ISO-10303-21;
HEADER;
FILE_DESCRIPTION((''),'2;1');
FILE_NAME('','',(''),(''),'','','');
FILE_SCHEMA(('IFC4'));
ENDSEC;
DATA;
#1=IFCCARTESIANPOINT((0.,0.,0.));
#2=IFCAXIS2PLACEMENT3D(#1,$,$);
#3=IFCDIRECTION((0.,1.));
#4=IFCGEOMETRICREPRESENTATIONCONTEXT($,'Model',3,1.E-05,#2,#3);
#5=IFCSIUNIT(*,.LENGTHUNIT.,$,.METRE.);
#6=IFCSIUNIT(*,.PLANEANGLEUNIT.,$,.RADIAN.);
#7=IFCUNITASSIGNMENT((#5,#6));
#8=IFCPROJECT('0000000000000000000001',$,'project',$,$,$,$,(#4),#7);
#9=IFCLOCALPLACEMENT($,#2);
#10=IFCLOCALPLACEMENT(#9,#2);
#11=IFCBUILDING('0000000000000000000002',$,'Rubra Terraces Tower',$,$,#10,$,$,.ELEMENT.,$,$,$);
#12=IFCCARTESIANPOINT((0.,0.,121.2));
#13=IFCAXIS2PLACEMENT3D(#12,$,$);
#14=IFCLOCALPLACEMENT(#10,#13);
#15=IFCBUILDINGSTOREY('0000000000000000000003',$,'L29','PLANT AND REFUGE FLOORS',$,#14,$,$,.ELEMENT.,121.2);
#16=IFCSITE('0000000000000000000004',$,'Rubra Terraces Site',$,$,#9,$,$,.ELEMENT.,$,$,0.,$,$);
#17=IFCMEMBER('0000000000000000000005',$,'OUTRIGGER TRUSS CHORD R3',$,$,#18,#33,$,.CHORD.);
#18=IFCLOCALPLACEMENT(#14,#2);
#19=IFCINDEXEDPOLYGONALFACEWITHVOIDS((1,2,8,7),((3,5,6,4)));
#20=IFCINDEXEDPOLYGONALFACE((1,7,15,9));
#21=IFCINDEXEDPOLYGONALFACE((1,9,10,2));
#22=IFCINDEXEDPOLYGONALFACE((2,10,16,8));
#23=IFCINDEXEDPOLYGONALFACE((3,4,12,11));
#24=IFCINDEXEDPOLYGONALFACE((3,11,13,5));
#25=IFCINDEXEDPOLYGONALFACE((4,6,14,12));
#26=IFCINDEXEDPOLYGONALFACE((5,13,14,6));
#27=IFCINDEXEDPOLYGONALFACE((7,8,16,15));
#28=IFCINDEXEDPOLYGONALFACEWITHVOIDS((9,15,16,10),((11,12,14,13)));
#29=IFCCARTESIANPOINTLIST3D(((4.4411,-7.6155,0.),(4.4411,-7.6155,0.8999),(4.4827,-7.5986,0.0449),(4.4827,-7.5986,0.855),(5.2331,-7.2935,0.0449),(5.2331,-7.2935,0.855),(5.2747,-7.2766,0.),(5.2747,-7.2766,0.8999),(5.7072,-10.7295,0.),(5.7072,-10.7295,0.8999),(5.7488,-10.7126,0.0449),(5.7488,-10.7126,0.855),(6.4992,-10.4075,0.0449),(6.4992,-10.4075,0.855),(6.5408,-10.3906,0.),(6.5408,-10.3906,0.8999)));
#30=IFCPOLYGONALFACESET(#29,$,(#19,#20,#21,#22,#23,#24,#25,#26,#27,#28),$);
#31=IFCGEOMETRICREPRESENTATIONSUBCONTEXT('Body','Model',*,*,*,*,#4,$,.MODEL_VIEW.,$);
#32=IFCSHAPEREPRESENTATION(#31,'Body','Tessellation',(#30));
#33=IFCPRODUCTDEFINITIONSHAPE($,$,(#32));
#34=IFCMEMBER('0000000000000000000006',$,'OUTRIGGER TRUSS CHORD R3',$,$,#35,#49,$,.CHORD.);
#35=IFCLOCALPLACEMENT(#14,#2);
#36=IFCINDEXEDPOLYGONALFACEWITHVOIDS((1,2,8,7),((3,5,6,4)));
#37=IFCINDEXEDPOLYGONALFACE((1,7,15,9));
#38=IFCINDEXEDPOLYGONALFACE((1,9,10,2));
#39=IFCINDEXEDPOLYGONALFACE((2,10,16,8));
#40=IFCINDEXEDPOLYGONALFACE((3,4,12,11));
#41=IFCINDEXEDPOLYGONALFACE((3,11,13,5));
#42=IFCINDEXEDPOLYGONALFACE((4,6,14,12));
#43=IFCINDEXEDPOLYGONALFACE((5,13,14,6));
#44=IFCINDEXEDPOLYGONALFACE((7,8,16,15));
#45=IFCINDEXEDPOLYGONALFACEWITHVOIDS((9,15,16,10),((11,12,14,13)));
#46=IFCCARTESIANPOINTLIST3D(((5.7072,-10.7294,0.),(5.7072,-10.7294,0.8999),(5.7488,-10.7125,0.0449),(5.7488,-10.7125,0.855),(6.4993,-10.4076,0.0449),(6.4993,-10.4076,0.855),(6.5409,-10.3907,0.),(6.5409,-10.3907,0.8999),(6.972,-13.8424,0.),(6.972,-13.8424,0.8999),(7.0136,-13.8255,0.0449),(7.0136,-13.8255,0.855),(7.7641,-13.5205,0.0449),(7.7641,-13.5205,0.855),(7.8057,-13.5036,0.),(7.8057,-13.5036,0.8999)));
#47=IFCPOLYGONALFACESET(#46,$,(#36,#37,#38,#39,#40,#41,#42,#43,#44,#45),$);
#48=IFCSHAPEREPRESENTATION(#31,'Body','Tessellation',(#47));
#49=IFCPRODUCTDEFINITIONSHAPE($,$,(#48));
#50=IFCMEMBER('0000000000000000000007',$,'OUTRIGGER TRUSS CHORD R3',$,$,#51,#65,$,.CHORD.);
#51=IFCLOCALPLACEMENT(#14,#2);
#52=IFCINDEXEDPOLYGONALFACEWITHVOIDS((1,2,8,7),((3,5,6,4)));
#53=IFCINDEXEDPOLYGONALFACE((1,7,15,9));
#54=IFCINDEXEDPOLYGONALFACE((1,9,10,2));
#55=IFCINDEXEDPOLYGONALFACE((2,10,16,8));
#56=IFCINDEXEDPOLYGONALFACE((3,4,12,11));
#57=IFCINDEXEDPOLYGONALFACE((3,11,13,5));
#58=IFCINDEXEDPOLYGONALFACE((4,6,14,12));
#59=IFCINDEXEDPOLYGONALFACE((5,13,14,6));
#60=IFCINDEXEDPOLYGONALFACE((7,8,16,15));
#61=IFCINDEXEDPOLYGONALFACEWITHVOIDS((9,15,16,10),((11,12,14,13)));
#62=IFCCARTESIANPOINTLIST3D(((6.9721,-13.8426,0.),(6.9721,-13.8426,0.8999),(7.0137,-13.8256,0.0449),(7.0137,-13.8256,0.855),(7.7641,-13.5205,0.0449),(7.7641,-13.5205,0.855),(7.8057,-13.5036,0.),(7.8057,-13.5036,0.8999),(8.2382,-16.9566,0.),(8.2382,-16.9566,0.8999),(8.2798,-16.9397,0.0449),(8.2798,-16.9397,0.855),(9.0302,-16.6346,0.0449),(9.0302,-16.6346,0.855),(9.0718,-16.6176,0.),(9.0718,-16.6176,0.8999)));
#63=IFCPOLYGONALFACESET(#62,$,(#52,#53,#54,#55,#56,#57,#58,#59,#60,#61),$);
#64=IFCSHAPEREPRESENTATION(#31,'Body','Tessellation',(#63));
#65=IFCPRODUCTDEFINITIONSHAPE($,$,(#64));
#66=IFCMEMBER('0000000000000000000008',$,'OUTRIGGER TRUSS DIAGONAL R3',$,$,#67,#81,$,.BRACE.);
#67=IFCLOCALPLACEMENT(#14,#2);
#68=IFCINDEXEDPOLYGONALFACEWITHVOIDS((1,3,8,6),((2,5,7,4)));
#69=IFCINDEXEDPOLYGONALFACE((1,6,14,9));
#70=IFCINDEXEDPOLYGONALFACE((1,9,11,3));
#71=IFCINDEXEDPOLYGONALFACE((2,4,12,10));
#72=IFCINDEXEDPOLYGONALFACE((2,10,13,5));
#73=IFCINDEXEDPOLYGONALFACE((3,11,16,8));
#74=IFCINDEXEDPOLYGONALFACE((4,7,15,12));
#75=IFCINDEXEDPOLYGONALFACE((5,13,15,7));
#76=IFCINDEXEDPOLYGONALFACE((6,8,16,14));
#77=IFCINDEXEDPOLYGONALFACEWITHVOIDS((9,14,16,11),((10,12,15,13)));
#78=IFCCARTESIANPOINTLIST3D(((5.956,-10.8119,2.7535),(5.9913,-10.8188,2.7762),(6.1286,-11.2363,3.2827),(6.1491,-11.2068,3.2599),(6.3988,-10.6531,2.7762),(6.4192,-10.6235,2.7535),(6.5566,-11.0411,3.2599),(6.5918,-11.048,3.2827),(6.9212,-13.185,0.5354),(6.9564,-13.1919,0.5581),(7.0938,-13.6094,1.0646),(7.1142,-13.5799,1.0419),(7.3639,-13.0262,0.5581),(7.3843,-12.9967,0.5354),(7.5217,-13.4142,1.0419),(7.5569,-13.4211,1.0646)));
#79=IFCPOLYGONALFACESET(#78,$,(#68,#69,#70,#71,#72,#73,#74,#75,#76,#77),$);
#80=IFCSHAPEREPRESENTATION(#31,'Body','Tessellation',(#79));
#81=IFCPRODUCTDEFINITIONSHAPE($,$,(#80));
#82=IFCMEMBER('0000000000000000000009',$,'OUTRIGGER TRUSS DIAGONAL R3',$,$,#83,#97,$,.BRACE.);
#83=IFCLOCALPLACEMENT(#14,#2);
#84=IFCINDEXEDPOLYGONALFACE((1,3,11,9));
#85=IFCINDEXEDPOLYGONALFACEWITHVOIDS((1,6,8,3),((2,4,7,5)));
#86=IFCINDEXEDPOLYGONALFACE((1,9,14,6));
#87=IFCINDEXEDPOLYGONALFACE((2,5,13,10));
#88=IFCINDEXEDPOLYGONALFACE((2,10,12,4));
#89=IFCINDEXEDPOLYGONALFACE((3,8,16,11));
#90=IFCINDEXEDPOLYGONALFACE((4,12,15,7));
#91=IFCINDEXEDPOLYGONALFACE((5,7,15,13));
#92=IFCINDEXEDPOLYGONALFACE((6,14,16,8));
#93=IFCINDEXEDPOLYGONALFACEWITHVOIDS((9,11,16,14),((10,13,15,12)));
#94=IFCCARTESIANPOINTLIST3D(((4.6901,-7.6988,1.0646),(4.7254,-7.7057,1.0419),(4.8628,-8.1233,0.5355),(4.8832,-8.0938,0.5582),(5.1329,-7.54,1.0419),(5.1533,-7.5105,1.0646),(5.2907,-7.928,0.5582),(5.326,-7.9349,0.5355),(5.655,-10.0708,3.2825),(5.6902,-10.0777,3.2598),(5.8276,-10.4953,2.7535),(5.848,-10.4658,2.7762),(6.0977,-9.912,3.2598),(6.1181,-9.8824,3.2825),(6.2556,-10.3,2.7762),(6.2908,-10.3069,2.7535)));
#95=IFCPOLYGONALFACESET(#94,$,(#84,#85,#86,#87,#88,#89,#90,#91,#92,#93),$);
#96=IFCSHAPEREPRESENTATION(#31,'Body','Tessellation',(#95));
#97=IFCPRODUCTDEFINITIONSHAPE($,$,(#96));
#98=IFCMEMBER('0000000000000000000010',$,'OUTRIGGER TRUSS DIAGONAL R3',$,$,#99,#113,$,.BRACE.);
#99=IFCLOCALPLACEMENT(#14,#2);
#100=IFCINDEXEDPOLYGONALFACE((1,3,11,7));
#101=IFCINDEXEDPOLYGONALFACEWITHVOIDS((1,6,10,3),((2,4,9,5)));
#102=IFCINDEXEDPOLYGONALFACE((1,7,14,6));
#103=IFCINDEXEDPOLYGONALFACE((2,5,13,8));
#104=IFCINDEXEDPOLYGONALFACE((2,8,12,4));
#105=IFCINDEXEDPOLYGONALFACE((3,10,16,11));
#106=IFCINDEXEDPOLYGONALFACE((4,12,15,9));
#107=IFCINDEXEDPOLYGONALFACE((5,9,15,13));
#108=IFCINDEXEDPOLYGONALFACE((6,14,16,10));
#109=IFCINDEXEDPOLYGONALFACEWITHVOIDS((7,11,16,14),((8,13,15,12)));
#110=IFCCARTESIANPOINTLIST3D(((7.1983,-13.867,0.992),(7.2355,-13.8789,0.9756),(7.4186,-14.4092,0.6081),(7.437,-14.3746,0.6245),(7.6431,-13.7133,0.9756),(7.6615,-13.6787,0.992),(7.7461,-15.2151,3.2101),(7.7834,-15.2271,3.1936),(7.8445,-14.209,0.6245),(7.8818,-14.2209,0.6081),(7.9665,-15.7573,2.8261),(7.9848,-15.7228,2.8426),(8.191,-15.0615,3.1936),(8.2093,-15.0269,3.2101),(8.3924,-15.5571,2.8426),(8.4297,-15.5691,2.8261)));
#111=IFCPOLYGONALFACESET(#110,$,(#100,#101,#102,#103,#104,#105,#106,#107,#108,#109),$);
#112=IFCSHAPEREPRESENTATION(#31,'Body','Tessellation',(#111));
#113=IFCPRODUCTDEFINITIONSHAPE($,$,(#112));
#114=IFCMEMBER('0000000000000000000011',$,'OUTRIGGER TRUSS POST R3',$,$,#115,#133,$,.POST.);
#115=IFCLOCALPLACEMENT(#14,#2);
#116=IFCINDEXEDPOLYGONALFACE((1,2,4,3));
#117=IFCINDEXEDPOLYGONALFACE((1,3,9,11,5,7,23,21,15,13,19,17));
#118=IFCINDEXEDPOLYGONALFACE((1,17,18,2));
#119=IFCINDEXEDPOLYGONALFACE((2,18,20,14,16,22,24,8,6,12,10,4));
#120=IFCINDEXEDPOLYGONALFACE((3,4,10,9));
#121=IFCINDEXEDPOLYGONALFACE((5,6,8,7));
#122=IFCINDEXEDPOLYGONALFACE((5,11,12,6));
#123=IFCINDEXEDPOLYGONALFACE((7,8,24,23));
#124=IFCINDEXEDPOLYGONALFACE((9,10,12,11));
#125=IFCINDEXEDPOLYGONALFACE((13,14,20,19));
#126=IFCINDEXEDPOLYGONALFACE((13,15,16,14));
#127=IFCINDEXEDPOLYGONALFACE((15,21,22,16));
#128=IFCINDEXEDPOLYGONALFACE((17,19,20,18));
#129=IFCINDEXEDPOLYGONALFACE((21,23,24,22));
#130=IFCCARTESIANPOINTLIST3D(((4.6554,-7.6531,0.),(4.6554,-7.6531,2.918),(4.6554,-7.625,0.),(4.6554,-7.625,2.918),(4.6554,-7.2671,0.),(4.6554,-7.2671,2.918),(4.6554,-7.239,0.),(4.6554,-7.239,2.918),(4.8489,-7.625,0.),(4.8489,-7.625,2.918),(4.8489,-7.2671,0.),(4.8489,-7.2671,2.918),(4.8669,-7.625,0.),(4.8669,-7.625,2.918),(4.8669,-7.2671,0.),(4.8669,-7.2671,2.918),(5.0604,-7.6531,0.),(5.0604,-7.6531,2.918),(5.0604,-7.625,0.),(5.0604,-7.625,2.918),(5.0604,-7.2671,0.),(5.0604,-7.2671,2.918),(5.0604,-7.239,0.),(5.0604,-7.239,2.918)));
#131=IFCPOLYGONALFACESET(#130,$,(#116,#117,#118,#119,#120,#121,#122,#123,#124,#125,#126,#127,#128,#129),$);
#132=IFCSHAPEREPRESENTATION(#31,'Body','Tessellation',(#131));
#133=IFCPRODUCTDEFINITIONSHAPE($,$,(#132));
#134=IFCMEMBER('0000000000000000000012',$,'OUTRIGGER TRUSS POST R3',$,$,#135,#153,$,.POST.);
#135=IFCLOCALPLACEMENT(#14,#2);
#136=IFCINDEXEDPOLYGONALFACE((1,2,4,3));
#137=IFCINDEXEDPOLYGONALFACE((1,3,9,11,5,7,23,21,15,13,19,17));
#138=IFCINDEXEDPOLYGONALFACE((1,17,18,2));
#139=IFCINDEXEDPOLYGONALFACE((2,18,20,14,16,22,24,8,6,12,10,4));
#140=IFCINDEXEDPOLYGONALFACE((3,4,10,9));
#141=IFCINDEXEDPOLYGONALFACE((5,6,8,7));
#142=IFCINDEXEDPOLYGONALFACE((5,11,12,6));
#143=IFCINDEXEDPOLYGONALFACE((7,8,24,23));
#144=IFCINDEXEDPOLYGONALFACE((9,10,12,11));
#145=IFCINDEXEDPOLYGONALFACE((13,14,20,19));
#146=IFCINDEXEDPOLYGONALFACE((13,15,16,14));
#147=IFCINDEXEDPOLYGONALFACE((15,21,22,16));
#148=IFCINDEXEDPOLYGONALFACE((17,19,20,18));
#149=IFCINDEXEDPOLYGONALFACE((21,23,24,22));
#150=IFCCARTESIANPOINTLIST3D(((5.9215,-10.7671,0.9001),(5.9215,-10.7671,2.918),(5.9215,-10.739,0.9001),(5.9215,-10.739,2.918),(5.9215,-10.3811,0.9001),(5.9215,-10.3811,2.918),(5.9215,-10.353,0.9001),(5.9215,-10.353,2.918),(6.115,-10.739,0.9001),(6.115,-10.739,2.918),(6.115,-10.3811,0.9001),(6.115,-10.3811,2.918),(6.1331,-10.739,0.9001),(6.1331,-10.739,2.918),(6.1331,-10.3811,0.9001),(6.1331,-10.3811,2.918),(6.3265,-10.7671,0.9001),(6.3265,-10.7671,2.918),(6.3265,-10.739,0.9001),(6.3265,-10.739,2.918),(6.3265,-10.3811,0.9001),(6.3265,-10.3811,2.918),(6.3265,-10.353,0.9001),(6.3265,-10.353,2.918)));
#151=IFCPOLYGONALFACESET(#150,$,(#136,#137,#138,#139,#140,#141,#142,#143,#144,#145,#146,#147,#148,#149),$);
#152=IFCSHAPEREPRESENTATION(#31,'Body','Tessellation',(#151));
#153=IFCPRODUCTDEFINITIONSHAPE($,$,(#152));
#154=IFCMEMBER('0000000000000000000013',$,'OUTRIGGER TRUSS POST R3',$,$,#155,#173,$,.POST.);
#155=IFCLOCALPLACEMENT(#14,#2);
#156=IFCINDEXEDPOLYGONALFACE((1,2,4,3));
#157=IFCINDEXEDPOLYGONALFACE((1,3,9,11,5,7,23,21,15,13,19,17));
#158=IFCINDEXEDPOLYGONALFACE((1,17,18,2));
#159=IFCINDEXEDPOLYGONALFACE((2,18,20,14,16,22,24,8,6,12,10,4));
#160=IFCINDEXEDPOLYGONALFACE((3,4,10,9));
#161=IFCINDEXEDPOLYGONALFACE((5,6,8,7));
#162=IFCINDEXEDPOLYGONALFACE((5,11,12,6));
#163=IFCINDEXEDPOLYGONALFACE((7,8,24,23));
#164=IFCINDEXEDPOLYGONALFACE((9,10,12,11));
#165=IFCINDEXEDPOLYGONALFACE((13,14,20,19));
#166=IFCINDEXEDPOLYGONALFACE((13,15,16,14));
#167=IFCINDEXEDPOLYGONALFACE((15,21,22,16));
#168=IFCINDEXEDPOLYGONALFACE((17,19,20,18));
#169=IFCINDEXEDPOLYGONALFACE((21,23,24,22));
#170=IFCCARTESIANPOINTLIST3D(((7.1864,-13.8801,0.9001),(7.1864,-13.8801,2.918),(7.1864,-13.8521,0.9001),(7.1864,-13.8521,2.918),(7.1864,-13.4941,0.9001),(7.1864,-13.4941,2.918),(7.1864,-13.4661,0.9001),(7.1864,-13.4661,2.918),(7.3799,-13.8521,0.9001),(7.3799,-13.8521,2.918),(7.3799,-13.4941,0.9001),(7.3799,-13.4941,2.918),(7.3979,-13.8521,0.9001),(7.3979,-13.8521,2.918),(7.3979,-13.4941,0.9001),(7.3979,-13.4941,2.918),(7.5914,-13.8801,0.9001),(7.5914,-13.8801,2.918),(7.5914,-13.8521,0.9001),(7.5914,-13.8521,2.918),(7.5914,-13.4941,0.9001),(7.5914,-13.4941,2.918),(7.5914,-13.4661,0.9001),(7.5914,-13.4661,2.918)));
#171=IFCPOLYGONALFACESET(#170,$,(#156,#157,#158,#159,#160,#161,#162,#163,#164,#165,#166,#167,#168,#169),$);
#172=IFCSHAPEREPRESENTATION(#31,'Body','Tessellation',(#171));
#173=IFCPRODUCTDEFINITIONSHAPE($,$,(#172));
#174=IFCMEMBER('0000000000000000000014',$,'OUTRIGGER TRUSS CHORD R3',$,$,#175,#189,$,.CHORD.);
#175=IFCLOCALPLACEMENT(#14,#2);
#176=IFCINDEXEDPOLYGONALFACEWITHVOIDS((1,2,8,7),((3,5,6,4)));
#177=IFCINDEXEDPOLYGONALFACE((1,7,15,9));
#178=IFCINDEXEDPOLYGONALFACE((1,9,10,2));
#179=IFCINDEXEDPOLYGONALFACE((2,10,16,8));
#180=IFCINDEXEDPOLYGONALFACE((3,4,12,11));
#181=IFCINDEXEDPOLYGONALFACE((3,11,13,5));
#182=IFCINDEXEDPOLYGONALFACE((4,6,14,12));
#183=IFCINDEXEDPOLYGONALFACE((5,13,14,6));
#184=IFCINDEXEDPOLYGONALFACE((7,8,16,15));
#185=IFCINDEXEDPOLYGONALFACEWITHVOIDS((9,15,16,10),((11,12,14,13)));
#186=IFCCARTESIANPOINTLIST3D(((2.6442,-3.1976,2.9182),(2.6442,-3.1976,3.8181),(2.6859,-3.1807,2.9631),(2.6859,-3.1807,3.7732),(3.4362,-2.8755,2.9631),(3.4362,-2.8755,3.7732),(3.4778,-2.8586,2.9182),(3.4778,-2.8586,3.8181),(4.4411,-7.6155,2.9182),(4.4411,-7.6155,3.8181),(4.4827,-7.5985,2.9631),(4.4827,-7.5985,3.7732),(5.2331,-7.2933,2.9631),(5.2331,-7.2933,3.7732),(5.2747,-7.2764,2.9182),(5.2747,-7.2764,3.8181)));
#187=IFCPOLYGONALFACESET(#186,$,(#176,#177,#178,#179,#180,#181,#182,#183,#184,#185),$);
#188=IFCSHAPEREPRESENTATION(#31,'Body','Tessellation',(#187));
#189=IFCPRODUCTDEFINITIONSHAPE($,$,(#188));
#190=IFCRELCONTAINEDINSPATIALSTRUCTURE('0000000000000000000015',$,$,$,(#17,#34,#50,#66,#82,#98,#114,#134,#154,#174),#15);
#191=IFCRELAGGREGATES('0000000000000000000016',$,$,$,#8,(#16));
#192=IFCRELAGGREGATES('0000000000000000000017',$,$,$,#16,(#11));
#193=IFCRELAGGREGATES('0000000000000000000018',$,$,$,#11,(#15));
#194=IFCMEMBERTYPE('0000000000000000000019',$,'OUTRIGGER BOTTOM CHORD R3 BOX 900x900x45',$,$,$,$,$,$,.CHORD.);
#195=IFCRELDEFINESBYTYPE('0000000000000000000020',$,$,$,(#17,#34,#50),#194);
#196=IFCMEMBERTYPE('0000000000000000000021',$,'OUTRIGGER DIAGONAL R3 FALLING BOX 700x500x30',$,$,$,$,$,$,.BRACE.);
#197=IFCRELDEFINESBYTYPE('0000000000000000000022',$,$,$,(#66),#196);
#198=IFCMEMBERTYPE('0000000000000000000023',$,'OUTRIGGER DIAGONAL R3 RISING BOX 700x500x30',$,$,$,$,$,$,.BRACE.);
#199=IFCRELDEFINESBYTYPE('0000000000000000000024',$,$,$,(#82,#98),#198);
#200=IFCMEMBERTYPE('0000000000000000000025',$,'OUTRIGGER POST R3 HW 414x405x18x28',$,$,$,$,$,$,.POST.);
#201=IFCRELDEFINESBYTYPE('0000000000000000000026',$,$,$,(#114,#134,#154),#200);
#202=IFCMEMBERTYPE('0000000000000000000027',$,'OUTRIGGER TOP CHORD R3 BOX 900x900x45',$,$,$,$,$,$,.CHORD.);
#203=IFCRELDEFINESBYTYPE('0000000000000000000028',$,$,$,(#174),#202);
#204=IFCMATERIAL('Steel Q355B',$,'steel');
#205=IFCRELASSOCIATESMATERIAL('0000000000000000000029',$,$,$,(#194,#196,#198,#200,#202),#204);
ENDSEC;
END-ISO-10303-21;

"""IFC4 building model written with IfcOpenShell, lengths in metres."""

from ifc_helpers import new_model, si_unit, direction, frame, origin, origin_2d, place, context, subcontext, project, spatial, hollow_rectangle, i_section, extrude, material, material_profile, profile_set, type_object, element, save


model = new_model("IFC4")

# Units and contexts
model_context = context("Model", 3, precision=1e-05, world=origin(), true_north=direction((0.0, 1.0)))
body_context = subcontext(model_context, "Body", "Model", "MODEL_VIEW")
ifc_project = project(units=[si_unit("LENGTHUNIT", "METRE"), si_unit("PLANEANGLEUNIT", "RADIAN")], contexts=[model_context])

# Site, building, storey
site_placement = place(None, origin())
site = spatial("IfcSite", under=ifc_project, at=site_placement, Name="Rubra Terraces Site", CompositionType="ELEMENT", RefElevation=0.0)
building_placement = place(site_placement, origin())
building = spatial("IfcBuilding", under=site, at=building_placement, Name="Rubra Terraces Tower", CompositionType="ELEMENT")
storey_placement = place(building_placement, frame((0.0, 0.0, 121.2)))
storey = spatial("IfcBuildingStorey", under=building, at=storey_placement, Name="L29", Description="PLANT AND REFUGE FLOORS", CompositionType="ELEMENT", Elevation=121.2)

# Members
ifc_material_1 = material(Name="Steel Q355B", Category="steel")
ifc_material_profile_1 = material_profile(ifc_material_1, hollow_rectangle(XDim=0.8999, YDim=0.8999, WallThickness=0.0449, at=origin_2d()), Name="BOX 900x900x45")
ifc_profile_set_1 = profile_set([ifc_material_profile_1], Name="Steel Q355B")
member_type_1 = type_object("IfcMemberType", Name="OUTRIGGER BOTTOM CHORD R3 BOX 900x900x45", PredefinedType="CHORD", material=ifc_profile_set_1)
member_1_placement = place(storey_placement, frame((4.8579, -7.446, 0.45), z_axis=(0.376644, -0.926358, 0.0), x_axis=(0.926358, 0.376644, 0.0)))
element("IfcMember", 1, at=member_1_placement, inside=storey, type_object=member_type_1, Name="OUTRIGGER TRUSS CHORD R3", PredefinedType="CHORD", context=body_context, shape_type="SweptSolid", body=[
    extrude(hollow_rectangle(XDim=0.8999, YDim=0.8999, WallThickness=0.0449, at=origin_2d()), origin(), (0.0, 0.0, 1.0), 3.3616),
])
member_2_placement = place(storey_placement, frame((6.124, -10.5601, 0.45), z_axis=(0.376434, -0.926444, 0.0), x_axis=(0.926444, 0.376434, 0.0)))
element("IfcMember", 2, at=member_2_placement, inside=storey, type_object=member_type_1, Name="OUTRIGGER TRUSS CHORD R3", PredefinedType="CHORD", context=body_context, shape_type="SweptSolid", body=[
    extrude(hollow_rectangle(XDim=0.8999, YDim=0.8999, WallThickness=0.0449, at=origin_2d()), origin(), (0.0, 0.0, 1.0), 3.3601),
])
member_3_placement = place(storey_placement, frame((7.3889, -13.6731, 0.45), z_axis=(0.376644, -0.926358, 0.0), x_axis=(0.926358, 0.376644, 0.0)))
element("IfcMember", 3, at=member_3_placement, inside=storey, type_object=member_type_1, Name="OUTRIGGER TRUSS CHORD R3", PredefinedType="CHORD", context=body_context, shape_type="SweptSolid", body=[
    extrude(hollow_rectangle(XDim=0.8999, YDim=0.8999, WallThickness=0.0449, at=origin_2d()), origin(), (0.0, 0.0, 1.0), 3.3616),
])
ifc_material_profile_2 = material_profile(ifc_material_1, hollow_rectangle(XDim=0.5, YDim=0.7, WallThickness=0.03, at=origin_2d()), Name="BOX 700x500x30")
ifc_profile_set_2 = profile_set([ifc_material_profile_2], Name="Steel Q355B")
member_type_2 = type_object("IfcMemberType", Name="OUTRIGGER DIAGONAL R3 FALLING BOX 700x500x30", PredefinedType="BRACE", material=ifc_profile_set_2)
member_4_placement = place(storey_placement, frame((6.2739, -10.9299, 3.0181), z_axis=(0.284808, -0.700311, -0.65456), x_axis=(0.926325, 0.376725, 0.0)))
element("IfcMember", 4, at=member_4_placement, inside=storey, type_object=member_type_2, Name="OUTRIGGER TRUSS DIAGONAL R3", PredefinedType="BRACE", context=body_context, shape_type="SweptSolid", body=[
    extrude(hollow_rectangle(XDim=0.5, YDim=0.7, WallThickness=0.03, at=origin_2d()), origin(), (0.0, 0.0, 1.0), 3.3887),
])
ifc_material_profile_3 = material_profile(ifc_material_1, hollow_rectangle(XDim=0.5, YDim=0.7, WallThickness=0.03, at=origin_2d()), Name="BOX 700x500x30")
ifc_profile_set_3 = profile_set([ifc_material_profile_3], Name="Steel Q355B")
member_type_3 = type_object("IfcMemberType", Name="OUTRIGGER DIAGONAL R3 RISING BOX 700x500x30", PredefinedType="BRACE", material=ifc_profile_set_3)
member_5_placement = place(storey_placement, frame((5.0081, -7.8169, 0.8), z_axis=(0.284799, -0.700178, 0.654706), x_axis=(0.926304, 0.376776, 0.0)))
element("IfcMember", 5, at=member_5_placement, inside=storey, type_object=member_type_3, Name="OUTRIGGER TRUSS DIAGONAL R3", PredefinedType="BRACE", context=body_context, shape_type="SweptSolid", body=[
    extrude(hollow_rectangle(XDim=0.5, YDim=0.7, WallThickness=0.03, at=origin_2d()), origin(), (0.0, 0.0, 1.0), 3.3877),
])
member_6_placement = place(storey_placement, frame((7.54, -14.0439, 0.8), z_axis=(0.20652, -0.508201, 0.836111), x_axis=(0.926426, 0.376476, 0.0)))
element("IfcMember", 6, at=member_6_placement, inside=storey, type_object=member_type_3, Name="OUTRIGGER TRUSS DIAGONAL R3", PredefinedType="BRACE", context=body_context, shape_type="SweptSolid", body=[
    extrude(hollow_rectangle(XDim=0.5, YDim=0.7, WallThickness=0.03, at=origin_2d()), origin(), (0.0, 0.0, 1.0), 2.6528),
])
ifc_material_profile_4 = material_profile(ifc_material_1, i_section(OverallWidth=0.405, OverallDepth=0.4141, WebThickness=0.0181, FlangeThickness=0.0281, at=origin_2d()), Name="HW 414x405x18x28")
ifc_profile_set_4 = profile_set([ifc_material_profile_4], Name="Steel Q355B")
member_type_4 = type_object("IfcMemberType", Name="OUTRIGGER POST R3 HW 414x405x18x28", PredefinedType="POST", material=ifc_profile_set_4)
member_7_placement = place(storey_placement, frame((4.8579, -7.446, 0.0), z_axis=(0.0, 0.0, 1.0), x_axis=(1.0, 0.0, 0.0)))
element("IfcMember", 7, at=member_7_placement, inside=storey, type_object=member_type_4, Name="OUTRIGGER TRUSS POST R3", PredefinedType="POST", context=body_context, shape_type="SweptSolid", body=[
    extrude(i_section(OverallWidth=0.405, OverallDepth=0.4141, WebThickness=0.0181, FlangeThickness=0.0281, at=origin_2d()), origin(), (0.0, 0.0, 1.0), 2.918),
])
for number, where, z_axis, x_axis, name in (
    (8, (6.124, -10.5601, 0.9001), (0.0, 0.0, 1.0), (1.0, 0.0, 0.0), "OUTRIGGER TRUSS POST R3"),
    (9, (7.3889, -13.6731, 0.9001), (0.0, 0.0, 1.0), (1.0, 0.0, 0.0), "OUTRIGGER TRUSS POST R3"),
):
    element("IfcMember", number, at=place(storey_placement, frame(where, z_axis=z_axis, x_axis=x_axis)), inside=storey, type_object=member_type_4, Name=name, PredefinedType="POST", context=body_context, shape_type="SweptSolid", body=[
        extrude(i_section(OverallWidth=0.405, OverallDepth=0.4141, WebThickness=0.0181, FlangeThickness=0.0281, at=origin_2d()), origin(), (0.0, 0.0, 1.0), 2.0178),
    ])
ifc_material_profile_5 = material_profile(ifc_material_1, hollow_rectangle(XDim=0.8999, YDim=0.8999, WallThickness=0.0449, at=origin_2d()), Name="BOX 900x900x45")
ifc_profile_set_5 = profile_set([ifc_material_profile_5], Name="Steel Q355B")
member_type_5 = type_object("IfcMemberType", Name="OUTRIGGER TOP CHORD R3 BOX 900x900x45", PredefinedType="CHORD", material=ifc_profile_set_5)
member_8_placement = place(storey_placement, frame((3.061, -3.0281, 3.3682), z_axis=(0.37675, -0.926315, 0.0), x_axis=(0.926315, 0.37675, 0.0)))
element("IfcMember", 10, at=member_8_placement, inside=storey, type_object=member_type_5, Name="OUTRIGGER TRUSS CHORD R3", PredefinedType="CHORD", context=body_context, shape_type="SweptSolid", body=[
    extrude(hollow_rectangle(XDim=0.8999, YDim=0.8999, WallThickness=0.0449, at=origin_2d()), origin(), (0.0, 0.0, 1.0), 4.7693),
])

save(model, "model.ifc")
